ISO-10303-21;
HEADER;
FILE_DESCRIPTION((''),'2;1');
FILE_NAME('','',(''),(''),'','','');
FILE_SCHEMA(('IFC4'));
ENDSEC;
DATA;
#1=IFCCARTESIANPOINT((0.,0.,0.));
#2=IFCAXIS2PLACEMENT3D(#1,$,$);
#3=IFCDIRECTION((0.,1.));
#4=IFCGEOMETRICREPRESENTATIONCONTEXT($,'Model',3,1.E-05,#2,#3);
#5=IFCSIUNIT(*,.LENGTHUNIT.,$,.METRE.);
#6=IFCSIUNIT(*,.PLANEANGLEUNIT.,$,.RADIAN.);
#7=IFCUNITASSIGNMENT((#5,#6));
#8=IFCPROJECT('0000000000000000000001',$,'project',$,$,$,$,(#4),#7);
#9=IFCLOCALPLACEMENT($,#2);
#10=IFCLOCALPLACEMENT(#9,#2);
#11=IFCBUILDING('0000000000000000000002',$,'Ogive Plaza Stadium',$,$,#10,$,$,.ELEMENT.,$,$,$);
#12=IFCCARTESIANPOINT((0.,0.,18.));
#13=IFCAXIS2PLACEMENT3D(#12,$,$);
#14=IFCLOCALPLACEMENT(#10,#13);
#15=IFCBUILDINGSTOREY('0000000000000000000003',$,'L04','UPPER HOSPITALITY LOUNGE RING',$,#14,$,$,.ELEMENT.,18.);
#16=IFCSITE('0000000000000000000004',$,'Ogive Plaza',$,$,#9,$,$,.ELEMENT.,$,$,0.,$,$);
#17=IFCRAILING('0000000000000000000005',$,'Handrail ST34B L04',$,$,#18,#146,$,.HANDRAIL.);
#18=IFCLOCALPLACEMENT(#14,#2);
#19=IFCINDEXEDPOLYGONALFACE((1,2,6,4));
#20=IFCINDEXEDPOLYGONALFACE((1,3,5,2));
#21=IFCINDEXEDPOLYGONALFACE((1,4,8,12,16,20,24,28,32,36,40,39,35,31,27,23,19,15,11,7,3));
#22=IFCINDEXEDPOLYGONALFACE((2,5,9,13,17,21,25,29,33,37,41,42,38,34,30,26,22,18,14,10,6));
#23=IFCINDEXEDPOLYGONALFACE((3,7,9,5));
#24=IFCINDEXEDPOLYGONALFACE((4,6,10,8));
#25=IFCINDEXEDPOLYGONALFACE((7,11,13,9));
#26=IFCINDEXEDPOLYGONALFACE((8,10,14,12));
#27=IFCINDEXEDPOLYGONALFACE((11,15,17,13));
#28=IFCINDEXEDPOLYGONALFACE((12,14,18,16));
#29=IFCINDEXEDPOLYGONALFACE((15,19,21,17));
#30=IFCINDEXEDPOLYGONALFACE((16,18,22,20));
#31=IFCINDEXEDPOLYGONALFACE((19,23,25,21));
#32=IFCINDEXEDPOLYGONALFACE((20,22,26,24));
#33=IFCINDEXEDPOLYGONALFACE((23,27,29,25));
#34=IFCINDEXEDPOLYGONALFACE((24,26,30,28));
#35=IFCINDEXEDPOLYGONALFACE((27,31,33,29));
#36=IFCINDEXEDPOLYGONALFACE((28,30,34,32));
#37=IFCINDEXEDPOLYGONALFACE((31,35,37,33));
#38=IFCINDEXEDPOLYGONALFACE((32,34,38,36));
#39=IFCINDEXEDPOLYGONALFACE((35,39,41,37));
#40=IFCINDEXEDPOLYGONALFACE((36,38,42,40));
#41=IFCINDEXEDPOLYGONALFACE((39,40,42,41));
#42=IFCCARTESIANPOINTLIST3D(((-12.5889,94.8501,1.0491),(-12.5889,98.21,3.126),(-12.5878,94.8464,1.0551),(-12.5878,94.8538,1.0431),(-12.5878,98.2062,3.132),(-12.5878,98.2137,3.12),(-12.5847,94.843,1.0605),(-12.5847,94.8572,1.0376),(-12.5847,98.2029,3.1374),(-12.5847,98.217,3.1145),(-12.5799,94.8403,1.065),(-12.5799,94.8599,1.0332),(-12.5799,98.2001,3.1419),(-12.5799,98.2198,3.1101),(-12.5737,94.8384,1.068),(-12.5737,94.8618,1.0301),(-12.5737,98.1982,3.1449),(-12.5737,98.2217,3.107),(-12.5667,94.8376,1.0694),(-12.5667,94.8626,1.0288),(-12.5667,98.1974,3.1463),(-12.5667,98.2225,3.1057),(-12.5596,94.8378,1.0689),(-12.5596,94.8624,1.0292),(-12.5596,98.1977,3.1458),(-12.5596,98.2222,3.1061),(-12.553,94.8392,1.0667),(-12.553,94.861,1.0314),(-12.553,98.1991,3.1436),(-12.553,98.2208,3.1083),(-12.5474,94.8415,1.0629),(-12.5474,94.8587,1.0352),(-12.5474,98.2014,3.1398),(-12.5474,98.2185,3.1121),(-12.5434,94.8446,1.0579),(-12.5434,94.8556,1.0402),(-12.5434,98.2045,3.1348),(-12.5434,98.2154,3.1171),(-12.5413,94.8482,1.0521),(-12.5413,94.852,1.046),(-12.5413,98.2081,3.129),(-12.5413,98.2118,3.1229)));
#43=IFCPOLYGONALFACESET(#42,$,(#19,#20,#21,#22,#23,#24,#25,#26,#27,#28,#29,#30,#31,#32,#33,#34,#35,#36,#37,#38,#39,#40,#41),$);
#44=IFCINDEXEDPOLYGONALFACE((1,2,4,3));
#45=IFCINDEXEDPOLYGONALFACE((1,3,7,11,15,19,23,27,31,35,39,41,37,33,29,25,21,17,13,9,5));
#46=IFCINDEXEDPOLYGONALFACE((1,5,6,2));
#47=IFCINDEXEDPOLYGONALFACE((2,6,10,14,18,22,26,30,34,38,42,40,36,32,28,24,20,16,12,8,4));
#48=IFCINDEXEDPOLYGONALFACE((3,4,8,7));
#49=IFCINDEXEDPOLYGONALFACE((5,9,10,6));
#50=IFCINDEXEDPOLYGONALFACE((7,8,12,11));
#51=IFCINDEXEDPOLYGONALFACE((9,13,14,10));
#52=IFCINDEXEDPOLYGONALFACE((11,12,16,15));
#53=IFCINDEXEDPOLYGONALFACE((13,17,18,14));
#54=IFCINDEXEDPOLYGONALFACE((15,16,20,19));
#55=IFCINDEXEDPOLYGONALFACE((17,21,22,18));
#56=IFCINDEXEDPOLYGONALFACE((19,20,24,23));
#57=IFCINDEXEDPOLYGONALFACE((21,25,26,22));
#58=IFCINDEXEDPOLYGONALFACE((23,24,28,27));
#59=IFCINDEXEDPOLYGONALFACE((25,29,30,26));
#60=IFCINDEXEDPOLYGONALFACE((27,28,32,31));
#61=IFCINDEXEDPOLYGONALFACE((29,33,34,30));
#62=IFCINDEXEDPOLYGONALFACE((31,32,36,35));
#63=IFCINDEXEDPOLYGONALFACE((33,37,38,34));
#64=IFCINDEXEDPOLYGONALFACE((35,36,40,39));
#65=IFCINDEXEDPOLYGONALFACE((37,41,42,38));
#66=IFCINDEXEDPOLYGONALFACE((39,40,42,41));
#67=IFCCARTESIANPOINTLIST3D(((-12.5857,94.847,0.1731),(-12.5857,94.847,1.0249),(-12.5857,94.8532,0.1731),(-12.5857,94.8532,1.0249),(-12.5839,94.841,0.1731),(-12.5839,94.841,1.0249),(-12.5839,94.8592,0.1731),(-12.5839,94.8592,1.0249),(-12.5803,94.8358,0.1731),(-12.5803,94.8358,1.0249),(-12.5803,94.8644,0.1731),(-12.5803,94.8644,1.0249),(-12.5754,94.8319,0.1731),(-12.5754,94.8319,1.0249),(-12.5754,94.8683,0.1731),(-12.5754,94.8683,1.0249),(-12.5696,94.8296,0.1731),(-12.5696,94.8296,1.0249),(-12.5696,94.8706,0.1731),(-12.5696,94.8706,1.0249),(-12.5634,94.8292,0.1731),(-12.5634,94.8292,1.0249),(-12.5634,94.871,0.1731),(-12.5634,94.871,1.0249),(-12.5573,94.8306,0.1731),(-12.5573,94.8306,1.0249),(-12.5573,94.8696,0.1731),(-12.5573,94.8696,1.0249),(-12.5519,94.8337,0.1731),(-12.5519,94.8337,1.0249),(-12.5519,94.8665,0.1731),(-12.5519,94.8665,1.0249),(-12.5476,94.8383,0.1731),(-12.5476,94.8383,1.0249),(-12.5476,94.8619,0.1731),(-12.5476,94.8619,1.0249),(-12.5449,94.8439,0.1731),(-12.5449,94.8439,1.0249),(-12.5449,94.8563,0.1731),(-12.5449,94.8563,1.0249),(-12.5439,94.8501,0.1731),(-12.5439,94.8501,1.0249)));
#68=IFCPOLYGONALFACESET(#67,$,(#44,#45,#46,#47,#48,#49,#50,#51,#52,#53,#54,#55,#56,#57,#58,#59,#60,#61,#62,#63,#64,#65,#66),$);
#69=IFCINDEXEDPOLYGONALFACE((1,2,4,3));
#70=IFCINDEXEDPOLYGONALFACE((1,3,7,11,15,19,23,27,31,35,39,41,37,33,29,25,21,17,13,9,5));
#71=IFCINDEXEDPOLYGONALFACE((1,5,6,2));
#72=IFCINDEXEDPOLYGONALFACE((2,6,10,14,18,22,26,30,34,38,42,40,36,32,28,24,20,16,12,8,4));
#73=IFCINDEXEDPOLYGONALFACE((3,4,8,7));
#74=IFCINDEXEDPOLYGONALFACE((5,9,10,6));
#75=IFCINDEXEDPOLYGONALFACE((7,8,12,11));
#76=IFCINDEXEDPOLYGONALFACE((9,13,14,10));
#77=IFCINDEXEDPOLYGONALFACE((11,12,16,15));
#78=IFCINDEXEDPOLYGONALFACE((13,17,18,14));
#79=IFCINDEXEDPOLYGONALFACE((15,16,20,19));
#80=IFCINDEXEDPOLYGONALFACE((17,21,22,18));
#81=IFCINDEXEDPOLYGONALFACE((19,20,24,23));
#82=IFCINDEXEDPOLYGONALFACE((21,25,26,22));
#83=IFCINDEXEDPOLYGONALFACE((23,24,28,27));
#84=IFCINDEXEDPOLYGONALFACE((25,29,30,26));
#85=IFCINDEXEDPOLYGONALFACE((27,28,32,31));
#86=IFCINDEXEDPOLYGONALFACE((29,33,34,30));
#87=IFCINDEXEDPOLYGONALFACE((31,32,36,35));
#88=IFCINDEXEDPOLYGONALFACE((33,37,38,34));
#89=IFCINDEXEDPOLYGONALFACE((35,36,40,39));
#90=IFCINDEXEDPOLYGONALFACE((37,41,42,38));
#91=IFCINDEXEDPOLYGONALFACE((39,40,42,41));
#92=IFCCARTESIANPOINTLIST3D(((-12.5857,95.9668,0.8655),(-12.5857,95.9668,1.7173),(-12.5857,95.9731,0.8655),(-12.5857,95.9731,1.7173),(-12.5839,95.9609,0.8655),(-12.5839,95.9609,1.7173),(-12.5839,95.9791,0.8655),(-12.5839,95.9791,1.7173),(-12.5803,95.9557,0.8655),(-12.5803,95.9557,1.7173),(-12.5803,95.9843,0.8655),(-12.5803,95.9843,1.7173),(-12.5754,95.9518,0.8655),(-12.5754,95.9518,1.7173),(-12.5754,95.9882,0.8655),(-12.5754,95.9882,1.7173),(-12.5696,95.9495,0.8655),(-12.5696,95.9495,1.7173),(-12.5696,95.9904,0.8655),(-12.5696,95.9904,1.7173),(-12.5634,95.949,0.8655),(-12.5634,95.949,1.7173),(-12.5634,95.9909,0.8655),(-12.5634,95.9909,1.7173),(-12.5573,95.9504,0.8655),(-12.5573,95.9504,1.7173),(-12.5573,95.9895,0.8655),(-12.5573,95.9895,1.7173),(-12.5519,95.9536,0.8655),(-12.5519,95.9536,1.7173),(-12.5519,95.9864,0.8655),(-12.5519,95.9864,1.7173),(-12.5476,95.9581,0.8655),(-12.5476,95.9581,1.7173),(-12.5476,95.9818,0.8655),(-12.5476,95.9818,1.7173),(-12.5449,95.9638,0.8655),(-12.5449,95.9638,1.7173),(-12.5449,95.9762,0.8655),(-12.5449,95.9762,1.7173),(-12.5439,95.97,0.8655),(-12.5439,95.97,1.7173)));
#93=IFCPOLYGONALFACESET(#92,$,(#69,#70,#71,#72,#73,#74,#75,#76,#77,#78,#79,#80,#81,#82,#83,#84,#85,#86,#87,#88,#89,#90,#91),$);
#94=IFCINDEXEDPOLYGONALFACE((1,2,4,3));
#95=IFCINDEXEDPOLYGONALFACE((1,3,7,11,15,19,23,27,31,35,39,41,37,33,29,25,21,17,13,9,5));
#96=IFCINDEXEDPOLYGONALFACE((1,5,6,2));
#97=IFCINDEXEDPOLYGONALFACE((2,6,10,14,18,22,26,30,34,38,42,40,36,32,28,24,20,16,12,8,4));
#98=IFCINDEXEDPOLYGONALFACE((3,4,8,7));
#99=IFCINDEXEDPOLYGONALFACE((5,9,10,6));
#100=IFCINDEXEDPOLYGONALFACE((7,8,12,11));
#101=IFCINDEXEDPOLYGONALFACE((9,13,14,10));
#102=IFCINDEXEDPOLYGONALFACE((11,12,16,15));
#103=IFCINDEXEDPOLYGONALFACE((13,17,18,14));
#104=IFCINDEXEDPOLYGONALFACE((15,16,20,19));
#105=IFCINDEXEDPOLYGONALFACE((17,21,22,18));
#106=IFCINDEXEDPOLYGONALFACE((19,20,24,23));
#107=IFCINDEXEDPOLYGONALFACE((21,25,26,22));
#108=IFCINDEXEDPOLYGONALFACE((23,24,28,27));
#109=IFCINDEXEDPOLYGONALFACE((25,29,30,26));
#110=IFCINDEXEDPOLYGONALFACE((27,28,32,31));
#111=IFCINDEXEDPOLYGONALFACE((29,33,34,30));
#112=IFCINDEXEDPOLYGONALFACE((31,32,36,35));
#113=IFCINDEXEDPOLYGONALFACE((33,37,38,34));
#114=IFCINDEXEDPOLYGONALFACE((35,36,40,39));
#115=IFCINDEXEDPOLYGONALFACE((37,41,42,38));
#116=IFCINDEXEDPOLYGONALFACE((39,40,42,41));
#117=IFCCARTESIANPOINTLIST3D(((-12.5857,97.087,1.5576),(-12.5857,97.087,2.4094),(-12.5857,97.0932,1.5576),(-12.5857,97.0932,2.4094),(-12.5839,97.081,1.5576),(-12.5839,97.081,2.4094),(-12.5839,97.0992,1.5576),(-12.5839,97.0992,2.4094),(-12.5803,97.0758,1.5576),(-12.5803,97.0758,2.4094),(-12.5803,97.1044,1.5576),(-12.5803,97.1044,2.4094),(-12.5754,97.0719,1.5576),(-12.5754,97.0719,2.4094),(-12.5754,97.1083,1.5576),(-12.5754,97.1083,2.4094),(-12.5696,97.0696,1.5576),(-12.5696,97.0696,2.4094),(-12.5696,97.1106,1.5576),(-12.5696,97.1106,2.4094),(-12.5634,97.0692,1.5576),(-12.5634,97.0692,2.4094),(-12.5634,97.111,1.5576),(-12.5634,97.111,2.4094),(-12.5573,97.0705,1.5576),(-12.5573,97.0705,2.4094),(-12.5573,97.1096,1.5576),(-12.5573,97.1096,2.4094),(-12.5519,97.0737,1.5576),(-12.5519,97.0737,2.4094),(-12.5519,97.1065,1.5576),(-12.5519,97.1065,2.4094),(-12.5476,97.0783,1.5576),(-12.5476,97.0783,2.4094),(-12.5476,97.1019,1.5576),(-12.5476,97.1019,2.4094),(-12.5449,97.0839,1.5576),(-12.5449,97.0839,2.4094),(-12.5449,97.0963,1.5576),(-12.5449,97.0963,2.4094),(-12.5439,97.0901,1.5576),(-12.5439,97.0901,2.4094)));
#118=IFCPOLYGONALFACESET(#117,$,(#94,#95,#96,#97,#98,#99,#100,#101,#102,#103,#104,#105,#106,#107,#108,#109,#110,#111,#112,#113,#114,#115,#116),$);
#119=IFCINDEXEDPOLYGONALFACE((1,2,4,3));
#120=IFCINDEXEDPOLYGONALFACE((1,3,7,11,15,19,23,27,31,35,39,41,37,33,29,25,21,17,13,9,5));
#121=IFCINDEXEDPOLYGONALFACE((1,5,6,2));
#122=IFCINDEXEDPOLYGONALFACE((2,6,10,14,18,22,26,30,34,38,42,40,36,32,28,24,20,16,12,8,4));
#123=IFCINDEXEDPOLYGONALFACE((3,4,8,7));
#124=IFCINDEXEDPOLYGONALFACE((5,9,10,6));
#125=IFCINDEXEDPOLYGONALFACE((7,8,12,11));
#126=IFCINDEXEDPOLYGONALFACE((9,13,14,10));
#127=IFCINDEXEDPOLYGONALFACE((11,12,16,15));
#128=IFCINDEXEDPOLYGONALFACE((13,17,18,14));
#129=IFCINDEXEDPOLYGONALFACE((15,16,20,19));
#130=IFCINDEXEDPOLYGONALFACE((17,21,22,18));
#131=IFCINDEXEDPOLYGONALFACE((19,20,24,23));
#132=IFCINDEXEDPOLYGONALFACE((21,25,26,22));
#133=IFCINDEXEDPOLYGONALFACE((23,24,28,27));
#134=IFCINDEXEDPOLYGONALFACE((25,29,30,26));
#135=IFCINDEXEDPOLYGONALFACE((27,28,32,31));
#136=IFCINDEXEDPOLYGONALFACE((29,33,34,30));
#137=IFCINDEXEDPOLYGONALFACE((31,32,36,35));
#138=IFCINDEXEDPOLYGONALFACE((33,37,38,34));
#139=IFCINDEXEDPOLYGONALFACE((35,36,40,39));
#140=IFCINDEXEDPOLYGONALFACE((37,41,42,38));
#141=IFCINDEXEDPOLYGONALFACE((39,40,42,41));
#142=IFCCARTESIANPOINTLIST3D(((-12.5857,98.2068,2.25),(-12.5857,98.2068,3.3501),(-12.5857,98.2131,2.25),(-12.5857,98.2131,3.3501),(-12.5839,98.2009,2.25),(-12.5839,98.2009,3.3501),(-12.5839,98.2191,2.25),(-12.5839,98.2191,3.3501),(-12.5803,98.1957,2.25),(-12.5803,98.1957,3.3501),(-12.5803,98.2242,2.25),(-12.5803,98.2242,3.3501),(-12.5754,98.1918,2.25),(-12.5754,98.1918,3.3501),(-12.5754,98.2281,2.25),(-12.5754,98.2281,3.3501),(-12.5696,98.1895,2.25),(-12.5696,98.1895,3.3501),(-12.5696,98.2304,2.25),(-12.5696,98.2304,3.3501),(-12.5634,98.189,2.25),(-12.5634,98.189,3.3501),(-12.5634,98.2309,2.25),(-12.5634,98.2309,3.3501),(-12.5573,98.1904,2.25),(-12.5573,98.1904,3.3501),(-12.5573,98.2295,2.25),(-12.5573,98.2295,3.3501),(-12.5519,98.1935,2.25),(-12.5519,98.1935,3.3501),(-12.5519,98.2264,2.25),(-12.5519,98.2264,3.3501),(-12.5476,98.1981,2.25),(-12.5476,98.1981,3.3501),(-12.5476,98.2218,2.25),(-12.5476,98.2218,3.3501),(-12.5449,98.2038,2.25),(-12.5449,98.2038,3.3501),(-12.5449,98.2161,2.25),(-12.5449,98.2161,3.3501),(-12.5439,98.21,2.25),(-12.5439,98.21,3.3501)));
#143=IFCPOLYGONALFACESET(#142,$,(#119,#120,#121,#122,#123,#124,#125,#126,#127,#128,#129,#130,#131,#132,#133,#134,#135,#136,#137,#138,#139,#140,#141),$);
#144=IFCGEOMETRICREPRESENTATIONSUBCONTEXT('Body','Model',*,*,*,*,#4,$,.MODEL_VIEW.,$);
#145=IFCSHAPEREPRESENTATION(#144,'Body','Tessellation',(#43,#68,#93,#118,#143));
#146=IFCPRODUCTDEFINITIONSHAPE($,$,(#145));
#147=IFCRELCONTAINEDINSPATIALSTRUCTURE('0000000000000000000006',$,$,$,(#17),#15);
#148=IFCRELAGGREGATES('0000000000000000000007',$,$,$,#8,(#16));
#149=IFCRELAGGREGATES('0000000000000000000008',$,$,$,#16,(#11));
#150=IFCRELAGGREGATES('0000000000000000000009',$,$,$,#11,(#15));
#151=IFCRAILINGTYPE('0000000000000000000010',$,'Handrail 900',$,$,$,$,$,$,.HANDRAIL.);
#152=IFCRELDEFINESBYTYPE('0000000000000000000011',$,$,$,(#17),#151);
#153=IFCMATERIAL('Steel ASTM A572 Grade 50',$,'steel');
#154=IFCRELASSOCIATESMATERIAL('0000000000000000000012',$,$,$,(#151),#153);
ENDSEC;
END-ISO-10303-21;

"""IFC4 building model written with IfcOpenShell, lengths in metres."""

from ifc_helpers import new_model, si_unit, direction, frame, origin, origin_2d, place, context, subcontext, project, spatial, circle, extrude, material, type_object, element, save


model = new_model("IFC4")

# Units and contexts
model_context = context("Model", 3, precision=1e-05, world=origin(), true_north=direction((0.0, 1.0)))
body_context = subcontext(model_context, "Body", "Model", "MODEL_VIEW")
ifc_project = project(units=[si_unit("LENGTHUNIT", "METRE"), si_unit("PLANEANGLEUNIT", "RADIAN")], contexts=[model_context])

# Site, building, storey
site_placement = place(None, origin())
site = spatial("IfcSite", under=ifc_project, at=site_placement, Name="Ogive Plaza", CompositionType="ELEMENT", RefElevation=0.0)
building_placement = place(site_placement, origin())
building = spatial("IfcBuilding", under=site, at=building_placement, Name="Ogive Plaza Stadium", CompositionType="ELEMENT")
storey_placement = place(building_placement, frame((0.0, 0.0, 18.0)))
storey = spatial("IfcBuildingStorey", under=building, at=storey_placement, Name="L04", Description="UPPER HOSPITALITY LOUNGE RING", CompositionType="ELEMENT", Elevation=18.0)

# Railing
ifc_material_1 = material(Name="Steel ASTM A572 Grade 50", Category="steel")
railing_type_1 = type_object("IfcRailingType", Name="Handrail 900", PredefinedType="HANDRAIL", material=ifc_material_1)
for number, where, name in (
    (1, (-12.5649, 94.8501, 0.1731), "Handrail ST34B L04"),
):
    element("IfcRailing", number, at=place(storey_placement, frame(where)), inside=storey, type_object=railing_type_1, Name=name, PredefinedType="HANDRAIL", context=body_context, shape_type="SweptSolid", body=[
        extrude(circle(Radius=0.0239, at=origin_2d()), frame((0.0, 0.0, 0.876), z_axis=(0.0, 0.850606, 0.525803), x_axis=(-1.0, 0.0, 0.0)), (0.0, 0.0, 1.0), 3.95),
        extrude(circle(Radius=0.021, at=origin_2d()), origin(), (0.0, 0.0, 1.0), 0.8518),
        extrude(circle(Radius=0.021, at=origin_2d()), frame((0.0, 1.1199, 0.6924)), (0.0, 0.0, 1.0), 0.8518),
        extrude(circle(Radius=0.021, at=origin_2d()), frame((0.0, 2.24, 1.3845)), (0.0, 0.0, 1.0), 0.8518),
        extrude(circle(Radius=0.021, at=origin_2d()), frame((0.0, 3.3599, 2.0769)), (0.0, 0.0, 1.0), 1.1001),
    ])

save(model, "model.ifc")
